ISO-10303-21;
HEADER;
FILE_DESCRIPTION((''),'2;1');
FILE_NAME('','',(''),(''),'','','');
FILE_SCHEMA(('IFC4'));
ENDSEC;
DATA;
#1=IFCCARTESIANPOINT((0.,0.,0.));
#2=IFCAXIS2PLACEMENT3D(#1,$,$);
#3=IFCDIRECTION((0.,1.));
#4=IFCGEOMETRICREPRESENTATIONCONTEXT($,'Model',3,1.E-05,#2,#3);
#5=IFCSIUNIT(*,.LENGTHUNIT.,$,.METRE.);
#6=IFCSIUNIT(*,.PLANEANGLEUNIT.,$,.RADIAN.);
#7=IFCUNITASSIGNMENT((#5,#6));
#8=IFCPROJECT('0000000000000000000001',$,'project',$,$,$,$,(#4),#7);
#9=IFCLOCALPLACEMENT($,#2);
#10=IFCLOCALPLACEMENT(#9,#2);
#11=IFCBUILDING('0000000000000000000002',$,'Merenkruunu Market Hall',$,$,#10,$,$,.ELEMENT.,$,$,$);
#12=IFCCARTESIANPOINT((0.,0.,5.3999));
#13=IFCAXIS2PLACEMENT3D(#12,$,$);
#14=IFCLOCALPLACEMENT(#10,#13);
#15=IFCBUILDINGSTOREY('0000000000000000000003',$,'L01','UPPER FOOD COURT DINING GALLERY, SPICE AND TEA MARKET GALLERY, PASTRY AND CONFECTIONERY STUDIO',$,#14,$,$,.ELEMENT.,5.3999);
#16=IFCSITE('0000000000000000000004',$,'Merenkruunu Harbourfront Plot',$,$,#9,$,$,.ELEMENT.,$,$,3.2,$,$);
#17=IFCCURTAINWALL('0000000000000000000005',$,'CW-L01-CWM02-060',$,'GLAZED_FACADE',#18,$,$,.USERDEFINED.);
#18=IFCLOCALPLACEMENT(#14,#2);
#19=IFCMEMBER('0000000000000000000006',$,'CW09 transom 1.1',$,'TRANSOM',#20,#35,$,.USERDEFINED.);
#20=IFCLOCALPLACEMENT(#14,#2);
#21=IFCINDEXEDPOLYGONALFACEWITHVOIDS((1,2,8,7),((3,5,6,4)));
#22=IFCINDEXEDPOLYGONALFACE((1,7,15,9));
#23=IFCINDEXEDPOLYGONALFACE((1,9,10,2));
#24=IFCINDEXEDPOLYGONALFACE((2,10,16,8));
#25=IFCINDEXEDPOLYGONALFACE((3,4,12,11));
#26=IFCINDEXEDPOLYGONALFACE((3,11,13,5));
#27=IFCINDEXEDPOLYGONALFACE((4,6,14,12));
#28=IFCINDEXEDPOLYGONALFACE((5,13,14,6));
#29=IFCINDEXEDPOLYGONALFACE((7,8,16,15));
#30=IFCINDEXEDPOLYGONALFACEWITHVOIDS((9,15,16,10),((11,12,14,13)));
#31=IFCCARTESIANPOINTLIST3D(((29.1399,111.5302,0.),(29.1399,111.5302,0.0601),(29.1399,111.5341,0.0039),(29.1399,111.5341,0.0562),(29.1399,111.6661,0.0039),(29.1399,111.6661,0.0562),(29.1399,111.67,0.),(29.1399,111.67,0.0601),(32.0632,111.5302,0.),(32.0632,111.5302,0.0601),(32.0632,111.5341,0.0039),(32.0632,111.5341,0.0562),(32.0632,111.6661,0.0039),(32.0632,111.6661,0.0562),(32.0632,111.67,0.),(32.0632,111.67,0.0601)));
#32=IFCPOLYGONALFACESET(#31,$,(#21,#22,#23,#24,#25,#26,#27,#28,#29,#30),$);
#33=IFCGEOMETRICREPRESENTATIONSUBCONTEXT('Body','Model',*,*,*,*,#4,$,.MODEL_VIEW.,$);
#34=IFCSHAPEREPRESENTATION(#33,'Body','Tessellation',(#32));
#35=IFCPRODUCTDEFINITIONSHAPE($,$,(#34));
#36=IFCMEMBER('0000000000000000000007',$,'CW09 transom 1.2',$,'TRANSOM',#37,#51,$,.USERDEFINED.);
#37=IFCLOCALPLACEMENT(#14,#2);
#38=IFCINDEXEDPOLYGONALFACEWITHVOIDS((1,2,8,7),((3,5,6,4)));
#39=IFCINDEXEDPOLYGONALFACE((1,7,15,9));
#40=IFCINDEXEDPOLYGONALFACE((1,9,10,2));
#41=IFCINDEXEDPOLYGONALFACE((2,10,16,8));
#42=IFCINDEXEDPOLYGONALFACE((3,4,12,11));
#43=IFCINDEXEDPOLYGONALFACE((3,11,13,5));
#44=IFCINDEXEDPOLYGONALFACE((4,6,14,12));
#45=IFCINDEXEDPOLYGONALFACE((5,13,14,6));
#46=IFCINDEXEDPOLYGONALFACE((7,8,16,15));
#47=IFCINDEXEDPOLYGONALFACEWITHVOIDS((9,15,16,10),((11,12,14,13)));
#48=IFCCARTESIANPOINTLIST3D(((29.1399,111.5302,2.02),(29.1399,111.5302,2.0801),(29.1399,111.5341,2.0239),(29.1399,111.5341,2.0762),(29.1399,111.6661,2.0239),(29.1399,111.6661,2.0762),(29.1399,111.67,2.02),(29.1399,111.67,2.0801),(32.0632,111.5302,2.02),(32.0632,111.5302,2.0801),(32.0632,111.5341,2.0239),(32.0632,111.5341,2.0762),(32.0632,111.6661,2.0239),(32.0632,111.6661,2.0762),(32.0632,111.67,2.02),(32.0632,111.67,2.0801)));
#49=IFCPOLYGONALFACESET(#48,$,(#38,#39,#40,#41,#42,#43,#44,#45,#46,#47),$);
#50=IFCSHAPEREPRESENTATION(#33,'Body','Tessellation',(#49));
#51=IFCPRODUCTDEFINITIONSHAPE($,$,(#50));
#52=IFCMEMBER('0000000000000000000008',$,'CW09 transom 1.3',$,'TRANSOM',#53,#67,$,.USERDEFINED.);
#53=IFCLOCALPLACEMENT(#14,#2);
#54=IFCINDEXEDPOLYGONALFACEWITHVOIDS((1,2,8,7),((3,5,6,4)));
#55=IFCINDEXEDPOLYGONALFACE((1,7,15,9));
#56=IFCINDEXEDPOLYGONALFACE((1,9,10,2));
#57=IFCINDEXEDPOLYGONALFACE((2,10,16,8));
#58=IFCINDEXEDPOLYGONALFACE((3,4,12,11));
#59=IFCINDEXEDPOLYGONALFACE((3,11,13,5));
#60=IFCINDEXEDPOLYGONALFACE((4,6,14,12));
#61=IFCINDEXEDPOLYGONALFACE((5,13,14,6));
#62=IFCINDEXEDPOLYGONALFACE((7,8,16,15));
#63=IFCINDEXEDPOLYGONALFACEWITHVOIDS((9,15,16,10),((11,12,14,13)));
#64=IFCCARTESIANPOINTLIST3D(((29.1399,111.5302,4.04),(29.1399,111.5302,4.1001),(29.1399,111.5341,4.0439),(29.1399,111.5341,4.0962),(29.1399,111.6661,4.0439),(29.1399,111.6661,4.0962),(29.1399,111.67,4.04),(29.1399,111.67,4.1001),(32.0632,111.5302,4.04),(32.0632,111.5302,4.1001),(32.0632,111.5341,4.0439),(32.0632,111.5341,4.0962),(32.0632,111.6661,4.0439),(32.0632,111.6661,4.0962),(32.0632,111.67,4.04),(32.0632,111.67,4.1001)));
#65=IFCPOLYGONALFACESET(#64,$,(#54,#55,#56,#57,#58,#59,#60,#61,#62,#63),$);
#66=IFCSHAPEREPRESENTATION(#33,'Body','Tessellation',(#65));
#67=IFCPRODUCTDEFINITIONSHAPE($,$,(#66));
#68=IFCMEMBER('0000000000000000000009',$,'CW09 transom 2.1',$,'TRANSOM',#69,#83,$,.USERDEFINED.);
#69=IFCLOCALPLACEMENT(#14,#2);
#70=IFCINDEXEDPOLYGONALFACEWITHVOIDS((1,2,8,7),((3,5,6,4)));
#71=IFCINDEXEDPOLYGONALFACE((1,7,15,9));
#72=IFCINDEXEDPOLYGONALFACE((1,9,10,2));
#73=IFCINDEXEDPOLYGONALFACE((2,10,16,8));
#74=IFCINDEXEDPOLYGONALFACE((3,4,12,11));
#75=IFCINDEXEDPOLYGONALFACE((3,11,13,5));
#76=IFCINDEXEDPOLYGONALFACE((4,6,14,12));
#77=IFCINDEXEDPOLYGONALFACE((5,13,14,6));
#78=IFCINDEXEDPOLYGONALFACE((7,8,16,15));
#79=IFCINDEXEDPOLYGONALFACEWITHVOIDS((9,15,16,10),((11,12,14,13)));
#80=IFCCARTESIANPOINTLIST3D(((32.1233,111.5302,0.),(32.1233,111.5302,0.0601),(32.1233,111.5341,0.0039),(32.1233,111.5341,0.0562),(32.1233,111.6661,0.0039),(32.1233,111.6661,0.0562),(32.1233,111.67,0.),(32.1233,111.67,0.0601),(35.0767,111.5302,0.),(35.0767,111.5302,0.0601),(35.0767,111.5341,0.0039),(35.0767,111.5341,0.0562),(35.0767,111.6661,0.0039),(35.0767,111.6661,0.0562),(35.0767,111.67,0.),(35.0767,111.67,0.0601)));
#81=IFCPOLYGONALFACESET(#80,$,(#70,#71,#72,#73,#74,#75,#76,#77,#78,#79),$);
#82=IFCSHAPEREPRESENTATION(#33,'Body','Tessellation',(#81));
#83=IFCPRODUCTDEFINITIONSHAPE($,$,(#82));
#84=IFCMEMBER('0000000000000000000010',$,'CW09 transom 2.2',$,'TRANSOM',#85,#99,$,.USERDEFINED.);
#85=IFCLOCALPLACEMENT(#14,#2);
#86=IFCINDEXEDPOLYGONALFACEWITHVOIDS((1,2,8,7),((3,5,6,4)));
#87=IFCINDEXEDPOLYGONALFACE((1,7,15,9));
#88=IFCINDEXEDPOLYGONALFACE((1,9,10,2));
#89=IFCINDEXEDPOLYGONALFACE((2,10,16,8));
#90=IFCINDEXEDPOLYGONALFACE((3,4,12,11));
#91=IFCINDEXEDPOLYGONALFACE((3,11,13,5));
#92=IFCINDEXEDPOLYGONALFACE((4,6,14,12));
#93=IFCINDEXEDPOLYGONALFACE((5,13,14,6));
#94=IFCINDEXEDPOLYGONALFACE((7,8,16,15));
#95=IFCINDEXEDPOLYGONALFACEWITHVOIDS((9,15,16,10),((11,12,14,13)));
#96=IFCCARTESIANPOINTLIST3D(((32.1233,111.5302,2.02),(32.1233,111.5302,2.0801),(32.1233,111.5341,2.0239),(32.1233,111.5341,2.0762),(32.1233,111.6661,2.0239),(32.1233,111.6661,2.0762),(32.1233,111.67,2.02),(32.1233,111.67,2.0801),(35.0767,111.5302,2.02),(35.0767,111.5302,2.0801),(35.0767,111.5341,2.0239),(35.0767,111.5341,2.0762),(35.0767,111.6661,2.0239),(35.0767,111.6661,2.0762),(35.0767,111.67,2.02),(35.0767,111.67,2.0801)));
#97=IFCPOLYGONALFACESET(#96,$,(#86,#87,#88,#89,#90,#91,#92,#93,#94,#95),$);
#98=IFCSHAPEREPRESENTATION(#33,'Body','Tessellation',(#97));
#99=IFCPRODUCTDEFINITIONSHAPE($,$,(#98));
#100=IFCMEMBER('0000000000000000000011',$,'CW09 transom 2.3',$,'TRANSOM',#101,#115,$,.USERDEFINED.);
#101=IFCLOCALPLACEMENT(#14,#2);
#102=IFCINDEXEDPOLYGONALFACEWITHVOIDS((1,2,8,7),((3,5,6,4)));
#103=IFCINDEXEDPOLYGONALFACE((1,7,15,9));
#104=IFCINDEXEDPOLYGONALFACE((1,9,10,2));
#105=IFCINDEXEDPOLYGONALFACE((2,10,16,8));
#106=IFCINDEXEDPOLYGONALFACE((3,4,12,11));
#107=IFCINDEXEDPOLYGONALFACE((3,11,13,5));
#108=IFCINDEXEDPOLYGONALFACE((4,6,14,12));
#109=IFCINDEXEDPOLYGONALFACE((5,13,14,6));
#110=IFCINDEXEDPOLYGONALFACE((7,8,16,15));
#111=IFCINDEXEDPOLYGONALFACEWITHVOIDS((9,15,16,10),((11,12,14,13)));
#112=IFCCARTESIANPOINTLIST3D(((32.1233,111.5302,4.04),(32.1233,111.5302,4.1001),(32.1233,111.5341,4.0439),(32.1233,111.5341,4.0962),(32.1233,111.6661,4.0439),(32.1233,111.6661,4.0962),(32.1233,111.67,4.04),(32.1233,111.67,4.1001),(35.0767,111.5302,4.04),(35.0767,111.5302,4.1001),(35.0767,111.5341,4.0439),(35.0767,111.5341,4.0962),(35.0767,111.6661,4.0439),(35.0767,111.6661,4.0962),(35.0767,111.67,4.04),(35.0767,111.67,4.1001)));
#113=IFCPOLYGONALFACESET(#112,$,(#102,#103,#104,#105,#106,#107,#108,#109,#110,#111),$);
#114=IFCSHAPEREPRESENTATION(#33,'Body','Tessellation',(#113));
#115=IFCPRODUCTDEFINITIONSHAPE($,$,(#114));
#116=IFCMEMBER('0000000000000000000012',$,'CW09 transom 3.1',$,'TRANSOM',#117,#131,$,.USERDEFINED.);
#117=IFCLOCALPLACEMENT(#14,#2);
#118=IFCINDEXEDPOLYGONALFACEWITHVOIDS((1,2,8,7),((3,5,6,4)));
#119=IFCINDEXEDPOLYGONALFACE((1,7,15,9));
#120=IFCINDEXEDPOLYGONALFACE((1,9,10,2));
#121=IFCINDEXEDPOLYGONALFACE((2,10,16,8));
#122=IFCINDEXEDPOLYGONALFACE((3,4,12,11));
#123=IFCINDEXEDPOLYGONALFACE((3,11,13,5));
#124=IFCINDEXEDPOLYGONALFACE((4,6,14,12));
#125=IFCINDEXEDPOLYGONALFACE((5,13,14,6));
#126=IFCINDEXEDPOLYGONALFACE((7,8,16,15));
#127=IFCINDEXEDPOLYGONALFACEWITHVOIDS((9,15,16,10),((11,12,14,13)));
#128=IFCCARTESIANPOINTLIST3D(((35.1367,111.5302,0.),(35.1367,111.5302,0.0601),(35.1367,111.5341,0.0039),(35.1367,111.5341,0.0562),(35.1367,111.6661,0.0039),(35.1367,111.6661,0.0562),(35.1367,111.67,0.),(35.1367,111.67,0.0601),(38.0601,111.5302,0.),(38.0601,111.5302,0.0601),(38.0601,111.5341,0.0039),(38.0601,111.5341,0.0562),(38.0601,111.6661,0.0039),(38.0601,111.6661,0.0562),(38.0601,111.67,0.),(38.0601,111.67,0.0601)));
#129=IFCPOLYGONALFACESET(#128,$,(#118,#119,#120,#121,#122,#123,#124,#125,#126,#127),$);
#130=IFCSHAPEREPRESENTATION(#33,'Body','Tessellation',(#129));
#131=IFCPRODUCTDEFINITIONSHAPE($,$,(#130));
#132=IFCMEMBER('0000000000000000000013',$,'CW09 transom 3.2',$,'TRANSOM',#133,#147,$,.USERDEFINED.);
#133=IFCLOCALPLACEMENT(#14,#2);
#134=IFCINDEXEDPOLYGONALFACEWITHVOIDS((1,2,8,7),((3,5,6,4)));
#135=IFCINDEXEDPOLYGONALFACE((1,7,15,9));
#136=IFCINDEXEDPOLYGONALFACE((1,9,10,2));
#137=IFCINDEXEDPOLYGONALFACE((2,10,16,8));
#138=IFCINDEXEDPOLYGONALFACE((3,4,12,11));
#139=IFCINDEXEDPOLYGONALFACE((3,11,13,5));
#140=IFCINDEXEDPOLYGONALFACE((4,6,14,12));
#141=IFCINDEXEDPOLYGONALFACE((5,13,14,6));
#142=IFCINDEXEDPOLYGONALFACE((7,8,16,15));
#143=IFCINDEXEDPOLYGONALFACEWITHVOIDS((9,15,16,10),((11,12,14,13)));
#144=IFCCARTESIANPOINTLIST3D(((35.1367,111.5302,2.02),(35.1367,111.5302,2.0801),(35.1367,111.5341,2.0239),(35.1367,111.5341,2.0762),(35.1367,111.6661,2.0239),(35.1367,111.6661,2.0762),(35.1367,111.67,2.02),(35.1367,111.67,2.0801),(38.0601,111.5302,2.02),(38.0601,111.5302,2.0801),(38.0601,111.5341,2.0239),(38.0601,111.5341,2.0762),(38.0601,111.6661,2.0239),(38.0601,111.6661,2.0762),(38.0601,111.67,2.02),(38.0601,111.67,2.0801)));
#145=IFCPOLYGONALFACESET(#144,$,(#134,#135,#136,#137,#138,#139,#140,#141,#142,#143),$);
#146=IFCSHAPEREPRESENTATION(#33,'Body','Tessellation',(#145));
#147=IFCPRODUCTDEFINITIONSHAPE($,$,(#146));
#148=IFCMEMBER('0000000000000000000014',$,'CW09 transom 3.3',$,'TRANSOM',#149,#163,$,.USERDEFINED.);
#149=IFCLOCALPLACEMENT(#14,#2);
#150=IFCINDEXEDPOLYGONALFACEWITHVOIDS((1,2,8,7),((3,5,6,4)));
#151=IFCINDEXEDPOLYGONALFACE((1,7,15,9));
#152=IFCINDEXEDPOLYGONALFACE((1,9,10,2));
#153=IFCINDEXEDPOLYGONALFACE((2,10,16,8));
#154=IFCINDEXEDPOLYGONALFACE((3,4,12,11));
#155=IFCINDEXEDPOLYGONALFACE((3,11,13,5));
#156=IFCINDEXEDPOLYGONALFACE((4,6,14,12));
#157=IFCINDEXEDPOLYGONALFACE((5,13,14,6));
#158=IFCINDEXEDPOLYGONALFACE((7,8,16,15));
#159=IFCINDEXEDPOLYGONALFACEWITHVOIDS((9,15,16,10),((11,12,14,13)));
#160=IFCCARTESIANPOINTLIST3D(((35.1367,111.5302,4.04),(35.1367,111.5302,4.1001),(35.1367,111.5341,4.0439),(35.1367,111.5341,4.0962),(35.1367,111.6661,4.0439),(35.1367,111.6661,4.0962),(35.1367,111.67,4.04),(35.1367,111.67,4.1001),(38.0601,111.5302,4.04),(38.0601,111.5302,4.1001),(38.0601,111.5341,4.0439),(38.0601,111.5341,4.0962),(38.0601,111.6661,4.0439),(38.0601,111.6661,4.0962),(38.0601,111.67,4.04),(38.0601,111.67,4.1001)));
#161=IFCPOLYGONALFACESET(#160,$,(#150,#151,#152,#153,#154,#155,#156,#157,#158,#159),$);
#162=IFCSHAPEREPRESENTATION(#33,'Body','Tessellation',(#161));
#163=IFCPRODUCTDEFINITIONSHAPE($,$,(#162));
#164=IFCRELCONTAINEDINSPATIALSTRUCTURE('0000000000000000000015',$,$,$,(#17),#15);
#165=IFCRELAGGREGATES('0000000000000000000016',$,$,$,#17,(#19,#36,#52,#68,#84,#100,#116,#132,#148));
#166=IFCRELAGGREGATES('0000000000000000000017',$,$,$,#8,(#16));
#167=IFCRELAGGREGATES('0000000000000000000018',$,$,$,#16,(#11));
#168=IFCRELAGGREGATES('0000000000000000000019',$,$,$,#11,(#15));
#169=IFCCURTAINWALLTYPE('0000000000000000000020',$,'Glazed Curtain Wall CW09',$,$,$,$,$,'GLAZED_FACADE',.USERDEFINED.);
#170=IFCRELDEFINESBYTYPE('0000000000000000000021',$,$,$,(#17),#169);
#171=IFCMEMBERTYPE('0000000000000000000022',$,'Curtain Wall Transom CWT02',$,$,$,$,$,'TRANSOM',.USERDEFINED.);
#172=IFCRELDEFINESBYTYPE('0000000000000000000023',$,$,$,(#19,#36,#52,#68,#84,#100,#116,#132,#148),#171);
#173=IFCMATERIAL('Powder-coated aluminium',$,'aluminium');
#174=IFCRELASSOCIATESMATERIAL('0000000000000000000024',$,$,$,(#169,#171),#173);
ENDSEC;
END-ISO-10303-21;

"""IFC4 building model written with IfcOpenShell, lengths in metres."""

from ifc_helpers import new_model, si_unit, direction, frame, origin, origin_2d, place, context, subcontext, project, spatial, hollow_rectangle, extrude, material, material_profile, profile_set, type_object, element, aggregate, save


model = new_model("IFC4")

# Units and contexts
model_context = context("Model", 3, precision=1e-05, world=origin(), true_north=direction((0.0, 1.0)))
body_context = subcontext(model_context, "Body", "Model", "MODEL_VIEW")
ifc_project = project(units=[si_unit("LENGTHUNIT", "METRE"), si_unit("PLANEANGLEUNIT", "RADIAN")], contexts=[model_context])

# Site, building, storey
site_placement = place(None, origin())
site = spatial("IfcSite", under=ifc_project, at=site_placement, Name="Merenkruunu Harbourfront Plot", CompositionType="ELEMENT", RefElevation=3.2)
building_placement = place(site_placement, origin())
building = spatial("IfcBuilding", under=site, at=building_placement, Name="Merenkruunu Market Hall", CompositionType="ELEMENT")
storey_placement = place(building_placement, frame((0.0, 0.0, 5.3999)))
storey = spatial("IfcBuildingStorey", under=building, at=storey_placement, Name="L01", Description="UPPER FOOD COURT DINING GALLERY, SPICE AND TEA MARKET GALLERY, PASTRY AND CONFECTIONERY STUDIO", CompositionType="ELEMENT", Elevation=5.3999)

# Curtain wall
ifc_material_1 = material(Name="Powder-coated aluminium", Category="aluminium")
curtain_wall_type = type_object("IfcCurtainWallType", Name="Glazed Curtain Wall CW09", ElementType="GLAZED_FACADE", PredefinedType="USERDEFINED", material=ifc_material_1)
curtain_wall_1_placement = place(storey_placement, origin())
curtain_wall_1 = element("IfcCurtainWall", 1, at=curtain_wall_1_placement, inside=storey, type_object=curtain_wall_type, Name="CW-L01-CWM02-060", ObjectType="GLAZED_FACADE", PredefinedType="USERDEFINED")

# Members
ifc_material_profile_1 = material_profile(ifc_material_1, hollow_rectangle(XDim=0.0601, YDim=0.1399, WallThickness=0.0039, at=origin_2d()), Name="ALU 60x140x4")
ifc_profile_set_1 = profile_set([ifc_material_profile_1], Name="Powder-coated aluminium")
member_type_1 = type_object("IfcMemberType", Name="Curtain Wall Transom CWT02", ElementType="TRANSOM", PredefinedType="USERDEFINED", material=ifc_profile_set_1)
member_1_placement = place(storey_placement, frame((29.1399, 111.6001, 0.03), z_axis=(1.0, 0.0, 0.0), x_axis=(0.0, 0.0, 1.0)))
member_1 = element("IfcMember", 2, at=member_1_placement, type_object=member_type_1, Name="CW09 transom 1.1", ObjectType="TRANSOM", PredefinedType="USERDEFINED", context=body_context, shape_type="SweptSolid", body=[
    extrude(hollow_rectangle(XDim=0.0601, YDim=0.1399, WallThickness=0.0039, at=origin_2d()), origin(), (0.0, 0.0, 1.0), 2.9233),
])
member_2_placement = place(storey_placement, frame((29.1399, 111.6001, 2.05), z_axis=(1.0, 0.0, 0.0), x_axis=(0.0, 0.0, 1.0)))
member_2 = element("IfcMember", 3, at=member_2_placement, type_object=member_type_1, Name="CW09 transom 1.2", ObjectType="TRANSOM", PredefinedType="USERDEFINED", context=body_context, shape_type="SweptSolid", body=[
    extrude(hollow_rectangle(XDim=0.0601, YDim=0.1399, WallThickness=0.0039, at=origin_2d()), origin(), (0.0, 0.0, 1.0), 2.9233),
])
member_3_placement = place(storey_placement, frame((29.1399, 111.6001, 4.0701), z_axis=(1.0, 0.0, 0.0), x_axis=(0.0, 0.0, 1.0)))
member_3 = element("IfcMember", 4, at=member_3_placement, type_object=member_type_1, Name="CW09 transom 1.3", ObjectType="TRANSOM", PredefinedType="USERDEFINED", context=body_context, shape_type="SweptSolid", body=[
    extrude(hollow_rectangle(XDim=0.0601, YDim=0.1399, WallThickness=0.0039, at=origin_2d()), origin(), (0.0, 0.0, 1.0), 2.9233),
])
member_4_placement = place(storey_placement, frame((32.1233, 111.6001, 0.03), z_axis=(1.0, 0.0, 0.0), x_axis=(0.0, 0.0, 1.0)))
member_4 = element("IfcMember", 5, at=member_4_placement, type_object=member_type_1, Name="CW09 transom 2.1", ObjectType="TRANSOM", PredefinedType="USERDEFINED", context=body_context, shape_type="SweptSolid", body=[
    extrude(hollow_rectangle(XDim=0.0601, YDim=0.1399, WallThickness=0.0039, at=origin_2d()), origin(), (0.0, 0.0, 1.0), 2.9534),
])
member_5_placement = place(storey_placement, frame((32.1233, 111.6001, 2.05), z_axis=(1.0, 0.0, 0.0), x_axis=(0.0, 0.0, 1.0)))
member_5 = element("IfcMember", 6, at=member_5_placement, type_object=member_type_1, Name="CW09 transom 2.2", ObjectType="TRANSOM", PredefinedType="USERDEFINED", context=body_context, shape_type="SweptSolid", body=[
    extrude(hollow_rectangle(XDim=0.0601, YDim=0.1399, WallThickness=0.0039, at=origin_2d()), origin(), (0.0, 0.0, 1.0), 2.9534),
])
member_6_placement = place(storey_placement, frame((32.1233, 111.6001, 4.0701), z_axis=(1.0, 0.0, 0.0), x_axis=(0.0, 0.0, 1.0)))
member_6 = element("IfcMember", 7, at=member_6_placement, type_object=member_type_1, Name="CW09 transom 2.3", ObjectType="TRANSOM", PredefinedType="USERDEFINED", context=body_context, shape_type="SweptSolid", body=[
    extrude(hollow_rectangle(XDim=0.0601, YDim=0.1399, WallThickness=0.0039, at=origin_2d()), origin(), (0.0, 0.0, 1.0), 2.9534),
])
member_7_placement = place(storey_placement, frame((35.1367, 111.6001, 0.03), z_axis=(1.0, 0.0, 0.0), x_axis=(0.0, 0.0, 1.0)))
member_7 = element("IfcMember", 8, at=member_7_placement, type_object=member_type_1, Name="CW09 transom 3.1", ObjectType="TRANSOM", PredefinedType="USERDEFINED", context=body_context, shape_type="SweptSolid", body=[
    extrude(hollow_rectangle(XDim=0.0601, YDim=0.1399, WallThickness=0.0039, at=origin_2d()), origin(), (0.0, 0.0, 1.0), 2.9233),
])
member_8_placement = place(storey_placement, frame((35.1367, 111.6001, 2.05), z_axis=(1.0, 0.0, 0.0), x_axis=(0.0, 0.0, 1.0)))
member_8 = element("IfcMember", 9, at=member_8_placement, type_object=member_type_1, Name="CW09 transom 3.2", ObjectType="TRANSOM", PredefinedType="USERDEFINED", context=body_context, shape_type="SweptSolid", body=[
    extrude(hollow_rectangle(XDim=0.0601, YDim=0.1399, WallThickness=0.0039, at=origin_2d()), origin(), (0.0, 0.0, 1.0), 2.9233),
])
member_9_placement = place(storey_placement, frame((35.1367, 111.6001, 4.0701), z_axis=(1.0, 0.0, 0.0), x_axis=(0.0, 0.0, 1.0)))
member_9 = element("IfcMember", 10, at=member_9_placement, type_object=member_type_1, Name="CW09 transom 3.3", ObjectType="TRANSOM", PredefinedType="USERDEFINED", context=body_context, shape_type="SweptSolid", body=[
    extrude(hollow_rectangle(XDim=0.0601, YDim=0.1399, WallThickness=0.0039, at=origin_2d()), origin(), (0.0, 0.0, 1.0), 2.9233),
])

aggregate(curtain_wall_1, [member_1, member_2, member_3, member_4, member_5, member_6, member_7, member_8, member_9])

save(model, "model.ifc")
